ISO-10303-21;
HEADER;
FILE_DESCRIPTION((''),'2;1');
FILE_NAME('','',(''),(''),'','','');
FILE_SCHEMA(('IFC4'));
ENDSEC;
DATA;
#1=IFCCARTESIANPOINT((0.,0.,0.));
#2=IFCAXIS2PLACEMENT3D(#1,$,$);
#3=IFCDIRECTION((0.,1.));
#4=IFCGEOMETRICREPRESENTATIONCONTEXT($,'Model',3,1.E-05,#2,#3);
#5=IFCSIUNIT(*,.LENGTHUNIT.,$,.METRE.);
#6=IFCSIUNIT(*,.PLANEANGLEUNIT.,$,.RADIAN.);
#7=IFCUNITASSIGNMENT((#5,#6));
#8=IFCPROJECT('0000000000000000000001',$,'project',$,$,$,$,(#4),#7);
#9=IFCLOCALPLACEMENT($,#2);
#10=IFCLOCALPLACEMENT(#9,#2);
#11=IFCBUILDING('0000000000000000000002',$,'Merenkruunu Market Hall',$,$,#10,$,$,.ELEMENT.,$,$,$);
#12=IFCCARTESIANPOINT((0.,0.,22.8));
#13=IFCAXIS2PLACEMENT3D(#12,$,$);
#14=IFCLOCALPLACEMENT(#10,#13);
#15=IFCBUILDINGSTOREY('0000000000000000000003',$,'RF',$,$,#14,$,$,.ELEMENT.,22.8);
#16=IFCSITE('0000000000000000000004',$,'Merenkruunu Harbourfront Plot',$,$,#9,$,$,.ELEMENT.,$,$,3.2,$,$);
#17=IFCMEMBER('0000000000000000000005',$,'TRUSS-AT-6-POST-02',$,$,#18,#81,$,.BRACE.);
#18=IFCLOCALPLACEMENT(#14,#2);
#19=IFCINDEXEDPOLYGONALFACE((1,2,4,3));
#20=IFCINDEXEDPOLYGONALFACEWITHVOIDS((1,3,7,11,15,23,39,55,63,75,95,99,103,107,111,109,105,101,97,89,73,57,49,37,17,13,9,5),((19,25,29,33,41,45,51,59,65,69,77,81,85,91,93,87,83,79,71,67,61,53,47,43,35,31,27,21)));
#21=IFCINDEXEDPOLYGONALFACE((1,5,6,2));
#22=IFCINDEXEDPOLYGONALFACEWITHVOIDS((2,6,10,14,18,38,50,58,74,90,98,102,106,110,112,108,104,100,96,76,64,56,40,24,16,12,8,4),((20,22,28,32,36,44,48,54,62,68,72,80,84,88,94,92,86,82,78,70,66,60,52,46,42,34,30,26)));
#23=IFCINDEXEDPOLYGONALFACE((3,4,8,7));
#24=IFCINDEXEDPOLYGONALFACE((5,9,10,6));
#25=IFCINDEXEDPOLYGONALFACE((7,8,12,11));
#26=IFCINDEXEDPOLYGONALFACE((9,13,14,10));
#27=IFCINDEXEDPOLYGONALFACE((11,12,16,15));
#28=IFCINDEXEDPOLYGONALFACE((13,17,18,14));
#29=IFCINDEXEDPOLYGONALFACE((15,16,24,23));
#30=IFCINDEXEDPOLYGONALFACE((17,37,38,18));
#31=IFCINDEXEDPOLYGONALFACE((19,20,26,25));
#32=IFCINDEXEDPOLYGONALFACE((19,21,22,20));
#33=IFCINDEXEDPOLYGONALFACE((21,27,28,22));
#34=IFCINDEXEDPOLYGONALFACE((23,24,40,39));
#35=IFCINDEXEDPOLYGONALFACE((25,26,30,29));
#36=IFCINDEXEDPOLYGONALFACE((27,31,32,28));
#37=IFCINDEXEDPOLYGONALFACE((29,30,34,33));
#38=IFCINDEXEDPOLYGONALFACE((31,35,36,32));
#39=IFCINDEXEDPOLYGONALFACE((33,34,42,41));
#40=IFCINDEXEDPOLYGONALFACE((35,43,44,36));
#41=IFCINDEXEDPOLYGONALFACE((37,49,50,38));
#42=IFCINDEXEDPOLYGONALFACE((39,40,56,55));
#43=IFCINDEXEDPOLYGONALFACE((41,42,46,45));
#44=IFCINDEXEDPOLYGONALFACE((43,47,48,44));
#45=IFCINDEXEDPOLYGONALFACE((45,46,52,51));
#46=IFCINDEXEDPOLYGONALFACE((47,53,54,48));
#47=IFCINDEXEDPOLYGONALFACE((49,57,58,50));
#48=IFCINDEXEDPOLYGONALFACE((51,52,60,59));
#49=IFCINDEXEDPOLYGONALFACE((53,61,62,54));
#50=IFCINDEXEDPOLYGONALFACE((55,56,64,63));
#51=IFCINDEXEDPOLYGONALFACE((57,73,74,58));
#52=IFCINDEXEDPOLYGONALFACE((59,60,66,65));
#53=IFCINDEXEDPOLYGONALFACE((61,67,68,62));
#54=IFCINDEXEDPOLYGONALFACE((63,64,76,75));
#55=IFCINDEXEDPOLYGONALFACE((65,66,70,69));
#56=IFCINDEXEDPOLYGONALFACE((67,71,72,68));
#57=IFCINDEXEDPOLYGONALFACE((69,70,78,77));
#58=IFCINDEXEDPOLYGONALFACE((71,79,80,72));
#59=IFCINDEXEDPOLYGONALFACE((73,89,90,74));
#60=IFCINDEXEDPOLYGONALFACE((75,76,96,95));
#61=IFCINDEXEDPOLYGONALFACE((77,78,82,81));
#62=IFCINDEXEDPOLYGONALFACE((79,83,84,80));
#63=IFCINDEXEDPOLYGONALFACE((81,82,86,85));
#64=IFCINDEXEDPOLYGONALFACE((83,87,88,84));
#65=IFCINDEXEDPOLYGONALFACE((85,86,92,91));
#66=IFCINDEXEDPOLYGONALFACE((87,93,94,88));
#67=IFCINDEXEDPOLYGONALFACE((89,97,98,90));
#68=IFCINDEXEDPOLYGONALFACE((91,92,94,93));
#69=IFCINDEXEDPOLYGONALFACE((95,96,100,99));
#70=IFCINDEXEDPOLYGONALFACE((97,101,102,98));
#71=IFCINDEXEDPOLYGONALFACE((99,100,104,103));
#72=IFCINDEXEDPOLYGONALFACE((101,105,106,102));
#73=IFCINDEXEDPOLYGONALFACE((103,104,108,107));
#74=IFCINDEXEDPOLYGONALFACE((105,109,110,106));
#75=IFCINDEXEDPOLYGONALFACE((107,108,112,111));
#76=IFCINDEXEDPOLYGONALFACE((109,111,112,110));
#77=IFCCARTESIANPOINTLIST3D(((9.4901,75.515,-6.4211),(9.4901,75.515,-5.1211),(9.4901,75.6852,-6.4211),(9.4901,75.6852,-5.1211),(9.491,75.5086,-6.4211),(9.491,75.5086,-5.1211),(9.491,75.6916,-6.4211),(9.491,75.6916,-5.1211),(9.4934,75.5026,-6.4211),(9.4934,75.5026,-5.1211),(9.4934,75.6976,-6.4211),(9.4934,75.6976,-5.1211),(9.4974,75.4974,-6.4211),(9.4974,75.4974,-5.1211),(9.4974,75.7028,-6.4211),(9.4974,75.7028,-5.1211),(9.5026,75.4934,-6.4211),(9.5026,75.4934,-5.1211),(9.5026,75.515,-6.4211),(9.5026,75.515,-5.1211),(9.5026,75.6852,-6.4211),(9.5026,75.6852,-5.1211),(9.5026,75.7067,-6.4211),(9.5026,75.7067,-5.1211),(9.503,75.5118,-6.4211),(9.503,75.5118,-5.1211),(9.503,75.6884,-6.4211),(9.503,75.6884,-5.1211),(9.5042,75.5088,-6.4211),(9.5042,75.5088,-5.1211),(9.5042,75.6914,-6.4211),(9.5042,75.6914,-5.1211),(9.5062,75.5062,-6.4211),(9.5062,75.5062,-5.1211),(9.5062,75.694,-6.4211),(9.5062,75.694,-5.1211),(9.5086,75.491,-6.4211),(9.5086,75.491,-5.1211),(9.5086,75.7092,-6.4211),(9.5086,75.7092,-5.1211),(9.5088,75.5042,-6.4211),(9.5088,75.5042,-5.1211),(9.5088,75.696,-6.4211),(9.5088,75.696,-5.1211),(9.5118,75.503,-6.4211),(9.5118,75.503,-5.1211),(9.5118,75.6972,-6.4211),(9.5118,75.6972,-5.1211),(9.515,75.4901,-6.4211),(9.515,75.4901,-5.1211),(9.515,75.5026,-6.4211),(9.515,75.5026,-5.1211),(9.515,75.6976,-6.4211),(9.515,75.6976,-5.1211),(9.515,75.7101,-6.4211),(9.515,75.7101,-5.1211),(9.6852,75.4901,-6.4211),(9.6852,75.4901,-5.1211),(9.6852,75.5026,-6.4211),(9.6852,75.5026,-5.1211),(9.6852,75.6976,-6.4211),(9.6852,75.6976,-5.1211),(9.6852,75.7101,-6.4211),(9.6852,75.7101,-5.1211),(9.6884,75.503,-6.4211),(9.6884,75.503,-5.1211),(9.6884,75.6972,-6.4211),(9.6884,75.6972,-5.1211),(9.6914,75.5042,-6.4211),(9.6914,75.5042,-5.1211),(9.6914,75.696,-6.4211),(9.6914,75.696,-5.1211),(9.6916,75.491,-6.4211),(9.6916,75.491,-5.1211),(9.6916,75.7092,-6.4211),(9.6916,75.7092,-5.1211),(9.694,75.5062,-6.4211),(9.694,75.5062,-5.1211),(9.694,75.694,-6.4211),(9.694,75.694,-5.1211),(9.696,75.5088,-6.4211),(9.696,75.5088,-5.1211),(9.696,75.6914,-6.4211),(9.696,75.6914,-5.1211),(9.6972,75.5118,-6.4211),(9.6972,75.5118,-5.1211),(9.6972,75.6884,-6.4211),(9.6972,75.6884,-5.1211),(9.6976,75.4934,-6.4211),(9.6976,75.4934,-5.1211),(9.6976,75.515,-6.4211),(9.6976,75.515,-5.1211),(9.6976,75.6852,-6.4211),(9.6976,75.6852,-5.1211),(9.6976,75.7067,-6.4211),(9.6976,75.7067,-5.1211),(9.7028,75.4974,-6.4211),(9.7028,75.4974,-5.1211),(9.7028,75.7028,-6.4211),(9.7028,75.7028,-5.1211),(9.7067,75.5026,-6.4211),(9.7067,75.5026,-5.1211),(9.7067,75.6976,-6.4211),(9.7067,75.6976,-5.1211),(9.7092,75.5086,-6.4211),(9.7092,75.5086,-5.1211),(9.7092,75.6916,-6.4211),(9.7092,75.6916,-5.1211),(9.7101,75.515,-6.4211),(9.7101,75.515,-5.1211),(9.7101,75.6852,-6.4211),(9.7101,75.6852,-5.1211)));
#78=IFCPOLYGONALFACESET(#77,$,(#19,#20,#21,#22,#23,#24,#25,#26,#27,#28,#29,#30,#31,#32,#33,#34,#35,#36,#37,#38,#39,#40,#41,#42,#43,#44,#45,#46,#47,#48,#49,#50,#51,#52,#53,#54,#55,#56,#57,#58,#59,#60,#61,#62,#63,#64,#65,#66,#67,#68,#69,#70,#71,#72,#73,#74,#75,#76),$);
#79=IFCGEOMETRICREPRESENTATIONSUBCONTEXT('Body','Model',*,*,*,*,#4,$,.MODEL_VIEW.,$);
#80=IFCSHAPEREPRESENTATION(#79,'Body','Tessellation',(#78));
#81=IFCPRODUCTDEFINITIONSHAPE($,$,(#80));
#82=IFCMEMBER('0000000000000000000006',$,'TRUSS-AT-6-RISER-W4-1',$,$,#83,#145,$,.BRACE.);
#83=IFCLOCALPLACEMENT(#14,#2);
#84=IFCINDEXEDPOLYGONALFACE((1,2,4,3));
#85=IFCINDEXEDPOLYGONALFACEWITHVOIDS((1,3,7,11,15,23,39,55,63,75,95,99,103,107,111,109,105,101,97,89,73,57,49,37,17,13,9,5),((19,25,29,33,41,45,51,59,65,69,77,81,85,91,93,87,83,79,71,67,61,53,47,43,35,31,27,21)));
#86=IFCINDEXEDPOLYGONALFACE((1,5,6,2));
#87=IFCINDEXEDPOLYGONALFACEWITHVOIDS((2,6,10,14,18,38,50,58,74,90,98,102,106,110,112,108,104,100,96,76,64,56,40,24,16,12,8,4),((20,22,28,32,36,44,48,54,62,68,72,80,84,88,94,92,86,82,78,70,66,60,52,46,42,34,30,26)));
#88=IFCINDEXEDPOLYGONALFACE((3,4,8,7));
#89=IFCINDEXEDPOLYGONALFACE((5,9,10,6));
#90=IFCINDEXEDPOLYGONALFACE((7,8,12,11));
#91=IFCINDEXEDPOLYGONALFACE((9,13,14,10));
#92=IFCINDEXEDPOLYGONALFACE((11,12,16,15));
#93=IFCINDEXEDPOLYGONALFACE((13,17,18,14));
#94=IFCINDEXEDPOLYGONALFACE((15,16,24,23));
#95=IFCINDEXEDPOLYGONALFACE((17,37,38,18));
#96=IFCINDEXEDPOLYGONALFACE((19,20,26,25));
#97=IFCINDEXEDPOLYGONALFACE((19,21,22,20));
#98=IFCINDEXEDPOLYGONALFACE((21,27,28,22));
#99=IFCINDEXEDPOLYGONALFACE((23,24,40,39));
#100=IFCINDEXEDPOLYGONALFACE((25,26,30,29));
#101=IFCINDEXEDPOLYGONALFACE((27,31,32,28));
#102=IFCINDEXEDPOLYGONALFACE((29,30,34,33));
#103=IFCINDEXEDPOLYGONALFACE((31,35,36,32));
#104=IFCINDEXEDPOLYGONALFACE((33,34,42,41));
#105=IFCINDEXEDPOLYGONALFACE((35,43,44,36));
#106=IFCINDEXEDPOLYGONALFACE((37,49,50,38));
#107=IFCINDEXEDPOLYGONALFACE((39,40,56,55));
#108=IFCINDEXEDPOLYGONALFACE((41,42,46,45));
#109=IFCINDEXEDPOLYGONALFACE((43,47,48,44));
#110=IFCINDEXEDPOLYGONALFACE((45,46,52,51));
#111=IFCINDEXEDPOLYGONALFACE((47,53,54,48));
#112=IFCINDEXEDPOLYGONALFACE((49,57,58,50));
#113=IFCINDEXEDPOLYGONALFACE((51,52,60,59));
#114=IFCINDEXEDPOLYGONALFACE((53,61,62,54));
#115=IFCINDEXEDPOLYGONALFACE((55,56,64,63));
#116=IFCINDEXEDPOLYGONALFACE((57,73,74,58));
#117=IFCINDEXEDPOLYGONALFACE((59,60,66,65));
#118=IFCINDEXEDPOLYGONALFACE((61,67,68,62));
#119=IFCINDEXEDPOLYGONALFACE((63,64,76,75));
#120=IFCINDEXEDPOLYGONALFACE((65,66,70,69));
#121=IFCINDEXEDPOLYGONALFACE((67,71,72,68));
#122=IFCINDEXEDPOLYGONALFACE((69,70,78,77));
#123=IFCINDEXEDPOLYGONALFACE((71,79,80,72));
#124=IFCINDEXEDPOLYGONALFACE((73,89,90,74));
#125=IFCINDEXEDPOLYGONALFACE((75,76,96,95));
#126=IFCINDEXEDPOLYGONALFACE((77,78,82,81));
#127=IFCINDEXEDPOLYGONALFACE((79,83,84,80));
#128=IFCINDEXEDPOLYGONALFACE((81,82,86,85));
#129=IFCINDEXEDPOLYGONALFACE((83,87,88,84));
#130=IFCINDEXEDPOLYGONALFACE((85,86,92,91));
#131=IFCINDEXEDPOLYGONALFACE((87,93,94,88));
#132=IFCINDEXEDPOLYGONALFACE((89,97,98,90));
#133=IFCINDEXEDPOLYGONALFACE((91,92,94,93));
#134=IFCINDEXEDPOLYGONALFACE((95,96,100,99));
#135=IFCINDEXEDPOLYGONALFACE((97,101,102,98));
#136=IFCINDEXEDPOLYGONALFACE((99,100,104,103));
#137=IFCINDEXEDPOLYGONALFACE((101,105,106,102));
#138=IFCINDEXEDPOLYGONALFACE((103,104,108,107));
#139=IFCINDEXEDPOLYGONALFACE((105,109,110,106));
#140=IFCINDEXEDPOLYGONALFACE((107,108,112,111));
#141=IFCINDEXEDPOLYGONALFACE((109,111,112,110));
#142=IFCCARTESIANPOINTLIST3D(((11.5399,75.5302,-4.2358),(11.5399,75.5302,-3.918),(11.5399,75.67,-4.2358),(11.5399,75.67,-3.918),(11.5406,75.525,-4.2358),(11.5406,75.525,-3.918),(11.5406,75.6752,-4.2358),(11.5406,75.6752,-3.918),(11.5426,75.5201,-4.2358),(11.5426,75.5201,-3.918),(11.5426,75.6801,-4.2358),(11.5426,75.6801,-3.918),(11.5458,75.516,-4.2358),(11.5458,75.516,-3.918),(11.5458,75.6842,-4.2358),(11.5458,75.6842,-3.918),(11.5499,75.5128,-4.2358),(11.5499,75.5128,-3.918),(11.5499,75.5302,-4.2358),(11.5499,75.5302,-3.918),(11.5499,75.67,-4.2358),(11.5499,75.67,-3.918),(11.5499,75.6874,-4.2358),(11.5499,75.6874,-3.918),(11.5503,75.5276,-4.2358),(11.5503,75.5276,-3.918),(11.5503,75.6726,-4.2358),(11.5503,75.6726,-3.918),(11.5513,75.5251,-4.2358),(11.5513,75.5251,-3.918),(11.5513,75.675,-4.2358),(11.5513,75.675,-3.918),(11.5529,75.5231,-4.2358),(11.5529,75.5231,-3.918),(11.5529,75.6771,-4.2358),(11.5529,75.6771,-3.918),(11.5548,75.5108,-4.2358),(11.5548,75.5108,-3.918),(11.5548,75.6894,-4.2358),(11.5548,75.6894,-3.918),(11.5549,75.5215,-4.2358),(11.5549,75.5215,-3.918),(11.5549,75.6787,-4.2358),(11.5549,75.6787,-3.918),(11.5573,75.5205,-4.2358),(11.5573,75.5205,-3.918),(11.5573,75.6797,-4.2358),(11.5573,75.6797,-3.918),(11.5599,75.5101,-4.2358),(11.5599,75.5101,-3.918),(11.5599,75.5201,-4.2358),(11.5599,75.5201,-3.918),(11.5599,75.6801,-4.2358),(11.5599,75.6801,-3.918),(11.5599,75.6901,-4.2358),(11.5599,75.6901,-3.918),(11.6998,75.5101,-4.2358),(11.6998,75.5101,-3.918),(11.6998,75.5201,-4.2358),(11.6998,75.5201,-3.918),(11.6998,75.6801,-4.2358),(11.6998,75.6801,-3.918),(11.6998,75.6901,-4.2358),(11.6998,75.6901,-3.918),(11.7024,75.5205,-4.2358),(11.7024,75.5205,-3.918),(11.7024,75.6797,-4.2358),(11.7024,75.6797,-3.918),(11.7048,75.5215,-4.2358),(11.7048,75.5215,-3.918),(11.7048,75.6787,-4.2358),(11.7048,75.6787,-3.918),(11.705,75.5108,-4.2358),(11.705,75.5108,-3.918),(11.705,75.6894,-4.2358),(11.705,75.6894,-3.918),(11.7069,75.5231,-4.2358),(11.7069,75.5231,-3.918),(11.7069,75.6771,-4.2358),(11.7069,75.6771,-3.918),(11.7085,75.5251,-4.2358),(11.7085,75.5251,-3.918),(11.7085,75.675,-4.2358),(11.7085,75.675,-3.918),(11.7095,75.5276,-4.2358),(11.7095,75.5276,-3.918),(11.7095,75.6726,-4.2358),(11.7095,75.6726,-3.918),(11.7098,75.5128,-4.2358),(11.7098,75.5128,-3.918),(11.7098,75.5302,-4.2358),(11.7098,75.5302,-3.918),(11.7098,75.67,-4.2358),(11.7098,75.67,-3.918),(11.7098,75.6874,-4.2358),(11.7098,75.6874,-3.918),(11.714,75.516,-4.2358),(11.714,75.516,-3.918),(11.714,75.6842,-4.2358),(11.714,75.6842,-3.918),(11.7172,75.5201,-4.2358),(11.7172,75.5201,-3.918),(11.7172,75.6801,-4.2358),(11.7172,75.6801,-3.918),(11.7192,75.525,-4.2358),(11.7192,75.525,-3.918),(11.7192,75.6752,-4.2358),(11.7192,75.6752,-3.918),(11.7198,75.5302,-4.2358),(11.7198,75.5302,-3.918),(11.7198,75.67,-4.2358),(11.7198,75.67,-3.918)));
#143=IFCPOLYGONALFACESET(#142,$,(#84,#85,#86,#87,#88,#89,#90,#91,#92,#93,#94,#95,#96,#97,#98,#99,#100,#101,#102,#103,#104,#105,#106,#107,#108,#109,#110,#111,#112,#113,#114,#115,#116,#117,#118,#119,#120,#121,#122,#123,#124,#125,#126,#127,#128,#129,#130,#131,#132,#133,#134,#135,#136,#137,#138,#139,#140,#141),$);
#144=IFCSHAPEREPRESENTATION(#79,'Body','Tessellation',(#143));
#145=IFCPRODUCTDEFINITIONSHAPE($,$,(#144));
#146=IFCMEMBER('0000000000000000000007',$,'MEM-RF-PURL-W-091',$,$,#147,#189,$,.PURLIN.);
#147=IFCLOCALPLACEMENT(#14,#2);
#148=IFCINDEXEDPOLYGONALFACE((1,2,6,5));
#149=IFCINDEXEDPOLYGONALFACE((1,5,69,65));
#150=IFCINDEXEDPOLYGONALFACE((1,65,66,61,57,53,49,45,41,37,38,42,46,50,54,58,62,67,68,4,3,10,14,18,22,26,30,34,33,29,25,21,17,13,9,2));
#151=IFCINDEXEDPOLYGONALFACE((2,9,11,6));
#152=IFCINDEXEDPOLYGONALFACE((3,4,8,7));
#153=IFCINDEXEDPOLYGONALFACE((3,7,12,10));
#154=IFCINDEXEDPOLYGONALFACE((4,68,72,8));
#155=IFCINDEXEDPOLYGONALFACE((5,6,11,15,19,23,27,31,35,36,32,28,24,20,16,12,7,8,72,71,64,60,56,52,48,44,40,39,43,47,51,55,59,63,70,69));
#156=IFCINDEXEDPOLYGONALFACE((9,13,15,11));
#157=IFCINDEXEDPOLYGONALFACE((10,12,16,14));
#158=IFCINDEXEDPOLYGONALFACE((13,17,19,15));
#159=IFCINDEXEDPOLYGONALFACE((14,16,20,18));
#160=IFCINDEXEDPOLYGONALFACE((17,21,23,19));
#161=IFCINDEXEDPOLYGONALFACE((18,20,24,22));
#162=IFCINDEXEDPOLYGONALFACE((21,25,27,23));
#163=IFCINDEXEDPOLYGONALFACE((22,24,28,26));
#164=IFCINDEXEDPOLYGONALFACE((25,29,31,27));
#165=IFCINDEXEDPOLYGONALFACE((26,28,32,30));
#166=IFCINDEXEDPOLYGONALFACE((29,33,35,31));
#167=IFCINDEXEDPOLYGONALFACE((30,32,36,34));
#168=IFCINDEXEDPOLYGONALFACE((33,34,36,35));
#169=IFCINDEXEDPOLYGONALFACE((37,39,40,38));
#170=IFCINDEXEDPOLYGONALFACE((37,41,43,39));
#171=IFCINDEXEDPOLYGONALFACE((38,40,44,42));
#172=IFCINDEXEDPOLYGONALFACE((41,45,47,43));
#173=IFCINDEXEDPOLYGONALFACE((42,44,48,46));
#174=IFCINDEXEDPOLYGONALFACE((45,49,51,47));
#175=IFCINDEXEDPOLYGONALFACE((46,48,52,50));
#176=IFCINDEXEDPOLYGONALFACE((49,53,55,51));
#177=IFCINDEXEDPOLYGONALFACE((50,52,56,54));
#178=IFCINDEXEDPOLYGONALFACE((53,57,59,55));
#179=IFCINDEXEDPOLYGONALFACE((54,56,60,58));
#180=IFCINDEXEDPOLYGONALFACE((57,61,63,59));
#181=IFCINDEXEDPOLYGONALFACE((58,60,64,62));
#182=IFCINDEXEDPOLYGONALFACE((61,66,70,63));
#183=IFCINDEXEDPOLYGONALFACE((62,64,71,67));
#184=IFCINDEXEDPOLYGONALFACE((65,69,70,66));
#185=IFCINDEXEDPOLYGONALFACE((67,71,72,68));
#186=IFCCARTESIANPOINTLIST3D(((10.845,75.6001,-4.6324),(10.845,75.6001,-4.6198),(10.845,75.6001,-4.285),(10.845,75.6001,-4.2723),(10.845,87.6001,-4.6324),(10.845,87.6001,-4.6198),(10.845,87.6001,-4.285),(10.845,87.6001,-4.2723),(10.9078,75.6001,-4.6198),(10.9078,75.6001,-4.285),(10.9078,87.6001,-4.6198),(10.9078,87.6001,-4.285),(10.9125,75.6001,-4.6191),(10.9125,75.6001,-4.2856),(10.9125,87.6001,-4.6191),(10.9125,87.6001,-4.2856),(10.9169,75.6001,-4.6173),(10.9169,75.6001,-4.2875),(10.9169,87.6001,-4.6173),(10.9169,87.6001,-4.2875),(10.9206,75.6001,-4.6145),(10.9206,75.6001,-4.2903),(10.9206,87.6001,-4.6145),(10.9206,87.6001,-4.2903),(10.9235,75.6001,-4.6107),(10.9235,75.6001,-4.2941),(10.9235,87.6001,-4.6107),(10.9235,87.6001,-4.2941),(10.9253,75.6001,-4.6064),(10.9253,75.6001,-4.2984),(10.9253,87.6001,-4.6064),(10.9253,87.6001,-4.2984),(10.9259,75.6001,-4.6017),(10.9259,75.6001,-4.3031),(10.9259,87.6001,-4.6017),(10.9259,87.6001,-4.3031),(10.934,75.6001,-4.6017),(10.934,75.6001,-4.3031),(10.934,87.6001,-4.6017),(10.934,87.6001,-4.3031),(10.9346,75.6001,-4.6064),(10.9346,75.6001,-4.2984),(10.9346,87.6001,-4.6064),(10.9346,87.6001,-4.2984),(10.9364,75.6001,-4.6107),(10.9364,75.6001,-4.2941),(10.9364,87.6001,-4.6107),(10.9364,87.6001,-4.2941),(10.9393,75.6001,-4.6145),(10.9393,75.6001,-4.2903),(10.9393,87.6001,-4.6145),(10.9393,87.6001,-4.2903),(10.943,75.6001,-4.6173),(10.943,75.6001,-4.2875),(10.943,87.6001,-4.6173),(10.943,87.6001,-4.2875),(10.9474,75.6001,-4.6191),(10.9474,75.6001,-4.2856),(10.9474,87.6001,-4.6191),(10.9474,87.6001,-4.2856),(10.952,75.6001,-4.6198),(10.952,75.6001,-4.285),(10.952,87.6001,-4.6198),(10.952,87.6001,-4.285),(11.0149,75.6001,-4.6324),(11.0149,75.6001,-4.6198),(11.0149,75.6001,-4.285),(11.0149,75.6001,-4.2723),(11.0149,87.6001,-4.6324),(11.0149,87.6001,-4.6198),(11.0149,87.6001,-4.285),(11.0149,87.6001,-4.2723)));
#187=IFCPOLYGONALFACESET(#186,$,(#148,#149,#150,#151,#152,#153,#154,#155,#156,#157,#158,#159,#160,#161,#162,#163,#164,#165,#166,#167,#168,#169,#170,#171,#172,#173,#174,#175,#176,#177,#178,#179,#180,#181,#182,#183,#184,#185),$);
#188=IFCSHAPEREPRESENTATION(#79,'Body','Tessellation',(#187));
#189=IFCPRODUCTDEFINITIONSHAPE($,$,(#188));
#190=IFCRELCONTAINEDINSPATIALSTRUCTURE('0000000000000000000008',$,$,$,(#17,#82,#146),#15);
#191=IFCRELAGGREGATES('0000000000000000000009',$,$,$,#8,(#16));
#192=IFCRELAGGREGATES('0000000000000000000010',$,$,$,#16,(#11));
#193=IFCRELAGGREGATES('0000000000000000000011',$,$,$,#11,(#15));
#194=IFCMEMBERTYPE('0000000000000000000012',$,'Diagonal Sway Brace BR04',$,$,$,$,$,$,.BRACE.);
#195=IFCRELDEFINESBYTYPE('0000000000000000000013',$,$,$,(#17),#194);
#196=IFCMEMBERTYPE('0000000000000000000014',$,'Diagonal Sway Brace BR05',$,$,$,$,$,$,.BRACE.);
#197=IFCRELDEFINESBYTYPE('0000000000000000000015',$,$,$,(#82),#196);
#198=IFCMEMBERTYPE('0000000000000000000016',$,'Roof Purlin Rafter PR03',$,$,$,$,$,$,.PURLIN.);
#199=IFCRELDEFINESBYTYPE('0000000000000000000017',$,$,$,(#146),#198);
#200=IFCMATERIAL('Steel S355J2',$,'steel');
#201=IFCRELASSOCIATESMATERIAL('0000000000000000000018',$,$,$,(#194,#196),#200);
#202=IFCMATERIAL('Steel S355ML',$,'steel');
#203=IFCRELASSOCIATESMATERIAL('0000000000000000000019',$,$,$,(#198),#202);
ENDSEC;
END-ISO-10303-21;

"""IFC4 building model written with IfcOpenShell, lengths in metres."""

from ifc_helpers import new_model, si_unit, direction, frame, origin, origin_2d, place, context, subcontext, project, spatial, hollow_rectangle, i_section, extrude, material, material_profile, profile_set, type_object, element, save


model = new_model("IFC4")

# Units and contexts
model_context = context("Model", 3, precision=1e-05, world=origin(), true_north=direction((0.0, 1.0)))
body_context = subcontext(model_context, "Body", "Model", "MODEL_VIEW")
ifc_project = project(units=[si_unit("LENGTHUNIT", "METRE"), si_unit("PLANEANGLEUNIT", "RADIAN")], contexts=[model_context])

# Site, building, storey
site_placement = place(None, origin())
site = spatial("IfcSite", under=ifc_project, at=site_placement, Name="Merenkruunu Harbourfront Plot", CompositionType="ELEMENT", RefElevation=3.2)
building_placement = place(site_placement, origin())
building = spatial("IfcBuilding", under=site, at=building_placement, Name="Merenkruunu Market Hall", CompositionType="ELEMENT")
storey_placement = place(building_placement, frame((0.0, 0.0, 22.8)))
storey = spatial("IfcBuildingStorey", under=building, at=storey_placement, Name="RF", CompositionType="ELEMENT", Elevation=22.8)

# Shared definitions
ifc_material_1 = material(Name="Steel S355ML", Category="steel")

# Members
ifc_material_2 = material(Name="Steel S355J2", Category="steel")
ifc_material_profile_1 = material_profile(ifc_material_2, hollow_rectangle(XDim=0.22, YDim=0.22, WallThickness=0.0125, InnerFilletRadius=0.0125, OuterFilletRadius=0.0249, at=origin_2d()), Name="SHS 220x220x12.5")
ifc_profile_set_1 = profile_set([ifc_material_profile_1], Name="Steel S355J2")
member_type_1 = type_object("IfcMemberType", Name="Diagonal Sway Brace BR04", PredefinedType="BRACE", material=ifc_profile_set_1)
member_1_placement = place(storey_placement, frame((9.6001, 75.6001, -6.4211), z_axis=(0.0, 0.0, 1.0), x_axis=(1.0, 0.0, 0.0)))
element("IfcMember", 1, at=member_1_placement, inside=storey, type_object=member_type_1, Name="TRUSS-AT-6-POST-02", PredefinedType="BRACE", context=body_context, shape_type="SweptSolid", body=[
    extrude(hollow_rectangle(XDim=0.22, YDim=0.22, WallThickness=0.0125, InnerFilletRadius=0.0125, OuterFilletRadius=0.0249, at=origin_2d()), origin(), (0.0, 0.0, 1.0), 1.3),
])
ifc_material_profile_2 = material_profile(ifc_material_2, hollow_rectangle(XDim=0.1799, YDim=0.1799, WallThickness=0.01, InnerFilletRadius=0.01, OuterFilletRadius=0.02, at=origin_2d()), Name="SHS 180x180x10")
ifc_profile_set_2 = profile_set([ifc_material_profile_2], Name="Steel S355J2")
member_type_2 = type_object("IfcMemberType", Name="Diagonal Sway Brace BR05", PredefinedType="BRACE", material=ifc_profile_set_2)
member_2_placement = place(storey_placement, frame((11.6299, 75.6001, -4.2358), z_axis=(0.0, 0.0, 1.0), x_axis=(1.0, 0.0, 0.0)))
element("IfcMember", 2, at=member_2_placement, inside=storey, type_object=member_type_2, Name="TRUSS-AT-6-RISER-W4-1", PredefinedType="BRACE", context=body_context, shape_type="SweptSolid", body=[
    extrude(hollow_rectangle(XDim=0.1799, YDim=0.1799, WallThickness=0.01, InnerFilletRadius=0.01, OuterFilletRadius=0.02, at=origin_2d()), origin(), (0.0, 0.0, 1.0), 0.3179),
])
ifc_material_profile_3 = material_profile(ifc_material_1, i_section(OverallWidth=0.1699, OverallDepth=0.3601, WebThickness=0.0081, FlangeThickness=0.0127, FilletRadius=0.0181, at=origin_2d()), Name="IPE 360")
ifc_profile_set_3 = profile_set([ifc_material_profile_3], Name="Steel S355ML")
member_type_3 = type_object("IfcMemberType", Name="Roof Purlin Rafter PR03", PredefinedType="PURLIN", material=ifc_profile_set_3)
member_3_placement = place(storey_placement, frame((10.9299, 75.6001, -4.4524), z_axis=(0.0, 1.0, 0.0), x_axis=(-1.0, 0.0, 0.0)))
element("IfcMember", 3, at=member_3_placement, inside=storey, type_object=member_type_3, Name="MEM-RF-PURL-W-091", PredefinedType="PURLIN", context=body_context, shape_type="SweptSolid", body=[
    extrude(i_section(OverallWidth=0.1699, OverallDepth=0.3601, WebThickness=0.0081, FlangeThickness=0.0127, FilletRadius=0.0181, at=origin_2d()), origin(), (0.0, 0.0, 1.0), 12.0),
])

save(model, "model.ifc")
